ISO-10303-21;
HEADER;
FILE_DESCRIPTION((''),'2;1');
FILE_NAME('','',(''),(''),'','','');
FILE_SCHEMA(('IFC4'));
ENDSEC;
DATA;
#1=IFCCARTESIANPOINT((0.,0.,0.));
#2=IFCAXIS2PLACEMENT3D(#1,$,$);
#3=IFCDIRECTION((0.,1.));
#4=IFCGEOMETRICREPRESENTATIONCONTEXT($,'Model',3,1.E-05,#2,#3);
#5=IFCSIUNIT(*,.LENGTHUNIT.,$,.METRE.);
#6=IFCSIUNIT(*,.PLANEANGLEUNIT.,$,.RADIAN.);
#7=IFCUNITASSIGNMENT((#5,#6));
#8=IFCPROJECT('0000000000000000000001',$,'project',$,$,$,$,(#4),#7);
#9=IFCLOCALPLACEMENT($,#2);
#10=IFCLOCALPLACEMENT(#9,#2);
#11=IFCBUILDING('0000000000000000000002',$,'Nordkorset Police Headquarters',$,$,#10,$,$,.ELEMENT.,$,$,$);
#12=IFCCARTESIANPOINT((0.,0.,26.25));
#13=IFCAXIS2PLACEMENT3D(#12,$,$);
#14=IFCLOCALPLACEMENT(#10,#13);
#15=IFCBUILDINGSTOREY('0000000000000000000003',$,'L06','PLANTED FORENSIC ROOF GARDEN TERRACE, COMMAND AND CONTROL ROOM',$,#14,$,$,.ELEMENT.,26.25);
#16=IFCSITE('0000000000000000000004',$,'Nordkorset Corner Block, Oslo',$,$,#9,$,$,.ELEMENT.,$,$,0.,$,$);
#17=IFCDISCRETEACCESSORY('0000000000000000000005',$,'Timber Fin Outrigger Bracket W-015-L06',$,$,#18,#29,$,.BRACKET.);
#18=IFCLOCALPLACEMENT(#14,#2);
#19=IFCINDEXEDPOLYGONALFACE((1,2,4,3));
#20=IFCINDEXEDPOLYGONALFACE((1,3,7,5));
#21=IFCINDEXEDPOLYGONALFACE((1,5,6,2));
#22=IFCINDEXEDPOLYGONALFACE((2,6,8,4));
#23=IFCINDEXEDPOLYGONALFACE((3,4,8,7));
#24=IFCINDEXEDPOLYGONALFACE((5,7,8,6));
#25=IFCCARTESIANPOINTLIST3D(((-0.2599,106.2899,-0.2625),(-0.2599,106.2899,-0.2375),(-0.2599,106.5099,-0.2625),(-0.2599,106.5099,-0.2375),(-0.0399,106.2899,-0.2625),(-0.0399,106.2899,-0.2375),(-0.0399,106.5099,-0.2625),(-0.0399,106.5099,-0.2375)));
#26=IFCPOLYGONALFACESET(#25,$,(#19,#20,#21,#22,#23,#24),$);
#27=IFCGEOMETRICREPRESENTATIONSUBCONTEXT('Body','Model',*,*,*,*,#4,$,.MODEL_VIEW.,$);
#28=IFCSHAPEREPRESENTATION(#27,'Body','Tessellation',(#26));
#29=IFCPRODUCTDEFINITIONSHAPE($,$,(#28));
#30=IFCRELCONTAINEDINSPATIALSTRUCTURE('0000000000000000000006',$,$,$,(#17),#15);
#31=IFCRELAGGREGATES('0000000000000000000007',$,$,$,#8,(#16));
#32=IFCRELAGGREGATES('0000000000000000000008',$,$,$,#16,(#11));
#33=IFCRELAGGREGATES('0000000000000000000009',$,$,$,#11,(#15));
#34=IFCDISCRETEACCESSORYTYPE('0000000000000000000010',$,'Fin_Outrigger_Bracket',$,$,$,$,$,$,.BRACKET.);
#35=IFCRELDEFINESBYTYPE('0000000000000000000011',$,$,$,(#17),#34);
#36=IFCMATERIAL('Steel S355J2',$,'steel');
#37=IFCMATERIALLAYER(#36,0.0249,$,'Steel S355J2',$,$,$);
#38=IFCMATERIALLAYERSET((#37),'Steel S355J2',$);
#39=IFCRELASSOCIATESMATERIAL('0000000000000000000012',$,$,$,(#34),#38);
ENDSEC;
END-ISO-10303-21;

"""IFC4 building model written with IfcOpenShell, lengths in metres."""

from ifc_helpers import new_model, si_unit, direction, frame, origin, origin_2d, place, context, subcontext, project, spatial, rectangle, extrude, material, layer, layer_set, type_object, element, save


model = new_model("IFC4")

# Units and contexts
model_context = context("Model", 3, precision=1e-05, world=origin(), true_north=direction((0.0, 1.0)))
body_context = subcontext(model_context, "Body", "Model", "MODEL_VIEW")
ifc_project = project(units=[si_unit("LENGTHUNIT", "METRE"), si_unit("PLANEANGLEUNIT", "RADIAN")], contexts=[model_context])

# Site, building, storey
site_placement = place(None, origin())
site = spatial("IfcSite", under=ifc_project, at=site_placement, Name="Nordkorset Corner Block, Oslo", CompositionType="ELEMENT", RefElevation=0.0)
building_placement = place(site_placement, origin())
building = spatial("IfcBuilding", under=site, at=building_placement, Name="Nordkorset Police Headquarters", CompositionType="ELEMENT")
storey_placement = place(building_placement, frame((0.0, 0.0, 26.25)))
storey = spatial("IfcBuildingStorey", under=building, at=storey_placement, Name="L06", Description="PLANTED FORENSIC ROOF GARDEN TERRACE, COMMAND AND CONTROL ROOM", CompositionType="ELEMENT", Elevation=26.25)

# Discrete accessory
ifc_material_1 = material(Name="Steel S355J2", Category="steel")
ifc_layer_1 = layer(ifc_material_1, 0.0249, Name="Steel S355J2")
ifc_layer_set_1 = layer_set([ifc_layer_1], Name="Steel S355J2")
discrete_accessory_type = type_object("IfcDiscreteAccessoryType", Name="Fin_Outrigger_Bracket", PredefinedType="BRACKET", material=ifc_layer_set_1)
for number, where, z_axis, x_axis, name in (
    (1, (-0.1499, 106.3999, -0.2625), (0.0, 0.0, 1.0), (1.0, 0.0, 0.0), "Timber Fin Outrigger Bracket W-015-L06"),
):
    element("IfcDiscreteAccessory", number, at=place(storey_placement, frame(where, z_axis=z_axis, x_axis=x_axis)), inside=storey, type_object=discrete_accessory_type, Name=name, PredefinedType="BRACKET", context=body_context, shape_type="SweptSolid", body=[
        extrude(rectangle(XDim=0.22, YDim=0.22, at=origin_2d()), origin(), (0.0, 0.0, 1.0), 0.0249),
    ])

save(model, "model.ifc")
